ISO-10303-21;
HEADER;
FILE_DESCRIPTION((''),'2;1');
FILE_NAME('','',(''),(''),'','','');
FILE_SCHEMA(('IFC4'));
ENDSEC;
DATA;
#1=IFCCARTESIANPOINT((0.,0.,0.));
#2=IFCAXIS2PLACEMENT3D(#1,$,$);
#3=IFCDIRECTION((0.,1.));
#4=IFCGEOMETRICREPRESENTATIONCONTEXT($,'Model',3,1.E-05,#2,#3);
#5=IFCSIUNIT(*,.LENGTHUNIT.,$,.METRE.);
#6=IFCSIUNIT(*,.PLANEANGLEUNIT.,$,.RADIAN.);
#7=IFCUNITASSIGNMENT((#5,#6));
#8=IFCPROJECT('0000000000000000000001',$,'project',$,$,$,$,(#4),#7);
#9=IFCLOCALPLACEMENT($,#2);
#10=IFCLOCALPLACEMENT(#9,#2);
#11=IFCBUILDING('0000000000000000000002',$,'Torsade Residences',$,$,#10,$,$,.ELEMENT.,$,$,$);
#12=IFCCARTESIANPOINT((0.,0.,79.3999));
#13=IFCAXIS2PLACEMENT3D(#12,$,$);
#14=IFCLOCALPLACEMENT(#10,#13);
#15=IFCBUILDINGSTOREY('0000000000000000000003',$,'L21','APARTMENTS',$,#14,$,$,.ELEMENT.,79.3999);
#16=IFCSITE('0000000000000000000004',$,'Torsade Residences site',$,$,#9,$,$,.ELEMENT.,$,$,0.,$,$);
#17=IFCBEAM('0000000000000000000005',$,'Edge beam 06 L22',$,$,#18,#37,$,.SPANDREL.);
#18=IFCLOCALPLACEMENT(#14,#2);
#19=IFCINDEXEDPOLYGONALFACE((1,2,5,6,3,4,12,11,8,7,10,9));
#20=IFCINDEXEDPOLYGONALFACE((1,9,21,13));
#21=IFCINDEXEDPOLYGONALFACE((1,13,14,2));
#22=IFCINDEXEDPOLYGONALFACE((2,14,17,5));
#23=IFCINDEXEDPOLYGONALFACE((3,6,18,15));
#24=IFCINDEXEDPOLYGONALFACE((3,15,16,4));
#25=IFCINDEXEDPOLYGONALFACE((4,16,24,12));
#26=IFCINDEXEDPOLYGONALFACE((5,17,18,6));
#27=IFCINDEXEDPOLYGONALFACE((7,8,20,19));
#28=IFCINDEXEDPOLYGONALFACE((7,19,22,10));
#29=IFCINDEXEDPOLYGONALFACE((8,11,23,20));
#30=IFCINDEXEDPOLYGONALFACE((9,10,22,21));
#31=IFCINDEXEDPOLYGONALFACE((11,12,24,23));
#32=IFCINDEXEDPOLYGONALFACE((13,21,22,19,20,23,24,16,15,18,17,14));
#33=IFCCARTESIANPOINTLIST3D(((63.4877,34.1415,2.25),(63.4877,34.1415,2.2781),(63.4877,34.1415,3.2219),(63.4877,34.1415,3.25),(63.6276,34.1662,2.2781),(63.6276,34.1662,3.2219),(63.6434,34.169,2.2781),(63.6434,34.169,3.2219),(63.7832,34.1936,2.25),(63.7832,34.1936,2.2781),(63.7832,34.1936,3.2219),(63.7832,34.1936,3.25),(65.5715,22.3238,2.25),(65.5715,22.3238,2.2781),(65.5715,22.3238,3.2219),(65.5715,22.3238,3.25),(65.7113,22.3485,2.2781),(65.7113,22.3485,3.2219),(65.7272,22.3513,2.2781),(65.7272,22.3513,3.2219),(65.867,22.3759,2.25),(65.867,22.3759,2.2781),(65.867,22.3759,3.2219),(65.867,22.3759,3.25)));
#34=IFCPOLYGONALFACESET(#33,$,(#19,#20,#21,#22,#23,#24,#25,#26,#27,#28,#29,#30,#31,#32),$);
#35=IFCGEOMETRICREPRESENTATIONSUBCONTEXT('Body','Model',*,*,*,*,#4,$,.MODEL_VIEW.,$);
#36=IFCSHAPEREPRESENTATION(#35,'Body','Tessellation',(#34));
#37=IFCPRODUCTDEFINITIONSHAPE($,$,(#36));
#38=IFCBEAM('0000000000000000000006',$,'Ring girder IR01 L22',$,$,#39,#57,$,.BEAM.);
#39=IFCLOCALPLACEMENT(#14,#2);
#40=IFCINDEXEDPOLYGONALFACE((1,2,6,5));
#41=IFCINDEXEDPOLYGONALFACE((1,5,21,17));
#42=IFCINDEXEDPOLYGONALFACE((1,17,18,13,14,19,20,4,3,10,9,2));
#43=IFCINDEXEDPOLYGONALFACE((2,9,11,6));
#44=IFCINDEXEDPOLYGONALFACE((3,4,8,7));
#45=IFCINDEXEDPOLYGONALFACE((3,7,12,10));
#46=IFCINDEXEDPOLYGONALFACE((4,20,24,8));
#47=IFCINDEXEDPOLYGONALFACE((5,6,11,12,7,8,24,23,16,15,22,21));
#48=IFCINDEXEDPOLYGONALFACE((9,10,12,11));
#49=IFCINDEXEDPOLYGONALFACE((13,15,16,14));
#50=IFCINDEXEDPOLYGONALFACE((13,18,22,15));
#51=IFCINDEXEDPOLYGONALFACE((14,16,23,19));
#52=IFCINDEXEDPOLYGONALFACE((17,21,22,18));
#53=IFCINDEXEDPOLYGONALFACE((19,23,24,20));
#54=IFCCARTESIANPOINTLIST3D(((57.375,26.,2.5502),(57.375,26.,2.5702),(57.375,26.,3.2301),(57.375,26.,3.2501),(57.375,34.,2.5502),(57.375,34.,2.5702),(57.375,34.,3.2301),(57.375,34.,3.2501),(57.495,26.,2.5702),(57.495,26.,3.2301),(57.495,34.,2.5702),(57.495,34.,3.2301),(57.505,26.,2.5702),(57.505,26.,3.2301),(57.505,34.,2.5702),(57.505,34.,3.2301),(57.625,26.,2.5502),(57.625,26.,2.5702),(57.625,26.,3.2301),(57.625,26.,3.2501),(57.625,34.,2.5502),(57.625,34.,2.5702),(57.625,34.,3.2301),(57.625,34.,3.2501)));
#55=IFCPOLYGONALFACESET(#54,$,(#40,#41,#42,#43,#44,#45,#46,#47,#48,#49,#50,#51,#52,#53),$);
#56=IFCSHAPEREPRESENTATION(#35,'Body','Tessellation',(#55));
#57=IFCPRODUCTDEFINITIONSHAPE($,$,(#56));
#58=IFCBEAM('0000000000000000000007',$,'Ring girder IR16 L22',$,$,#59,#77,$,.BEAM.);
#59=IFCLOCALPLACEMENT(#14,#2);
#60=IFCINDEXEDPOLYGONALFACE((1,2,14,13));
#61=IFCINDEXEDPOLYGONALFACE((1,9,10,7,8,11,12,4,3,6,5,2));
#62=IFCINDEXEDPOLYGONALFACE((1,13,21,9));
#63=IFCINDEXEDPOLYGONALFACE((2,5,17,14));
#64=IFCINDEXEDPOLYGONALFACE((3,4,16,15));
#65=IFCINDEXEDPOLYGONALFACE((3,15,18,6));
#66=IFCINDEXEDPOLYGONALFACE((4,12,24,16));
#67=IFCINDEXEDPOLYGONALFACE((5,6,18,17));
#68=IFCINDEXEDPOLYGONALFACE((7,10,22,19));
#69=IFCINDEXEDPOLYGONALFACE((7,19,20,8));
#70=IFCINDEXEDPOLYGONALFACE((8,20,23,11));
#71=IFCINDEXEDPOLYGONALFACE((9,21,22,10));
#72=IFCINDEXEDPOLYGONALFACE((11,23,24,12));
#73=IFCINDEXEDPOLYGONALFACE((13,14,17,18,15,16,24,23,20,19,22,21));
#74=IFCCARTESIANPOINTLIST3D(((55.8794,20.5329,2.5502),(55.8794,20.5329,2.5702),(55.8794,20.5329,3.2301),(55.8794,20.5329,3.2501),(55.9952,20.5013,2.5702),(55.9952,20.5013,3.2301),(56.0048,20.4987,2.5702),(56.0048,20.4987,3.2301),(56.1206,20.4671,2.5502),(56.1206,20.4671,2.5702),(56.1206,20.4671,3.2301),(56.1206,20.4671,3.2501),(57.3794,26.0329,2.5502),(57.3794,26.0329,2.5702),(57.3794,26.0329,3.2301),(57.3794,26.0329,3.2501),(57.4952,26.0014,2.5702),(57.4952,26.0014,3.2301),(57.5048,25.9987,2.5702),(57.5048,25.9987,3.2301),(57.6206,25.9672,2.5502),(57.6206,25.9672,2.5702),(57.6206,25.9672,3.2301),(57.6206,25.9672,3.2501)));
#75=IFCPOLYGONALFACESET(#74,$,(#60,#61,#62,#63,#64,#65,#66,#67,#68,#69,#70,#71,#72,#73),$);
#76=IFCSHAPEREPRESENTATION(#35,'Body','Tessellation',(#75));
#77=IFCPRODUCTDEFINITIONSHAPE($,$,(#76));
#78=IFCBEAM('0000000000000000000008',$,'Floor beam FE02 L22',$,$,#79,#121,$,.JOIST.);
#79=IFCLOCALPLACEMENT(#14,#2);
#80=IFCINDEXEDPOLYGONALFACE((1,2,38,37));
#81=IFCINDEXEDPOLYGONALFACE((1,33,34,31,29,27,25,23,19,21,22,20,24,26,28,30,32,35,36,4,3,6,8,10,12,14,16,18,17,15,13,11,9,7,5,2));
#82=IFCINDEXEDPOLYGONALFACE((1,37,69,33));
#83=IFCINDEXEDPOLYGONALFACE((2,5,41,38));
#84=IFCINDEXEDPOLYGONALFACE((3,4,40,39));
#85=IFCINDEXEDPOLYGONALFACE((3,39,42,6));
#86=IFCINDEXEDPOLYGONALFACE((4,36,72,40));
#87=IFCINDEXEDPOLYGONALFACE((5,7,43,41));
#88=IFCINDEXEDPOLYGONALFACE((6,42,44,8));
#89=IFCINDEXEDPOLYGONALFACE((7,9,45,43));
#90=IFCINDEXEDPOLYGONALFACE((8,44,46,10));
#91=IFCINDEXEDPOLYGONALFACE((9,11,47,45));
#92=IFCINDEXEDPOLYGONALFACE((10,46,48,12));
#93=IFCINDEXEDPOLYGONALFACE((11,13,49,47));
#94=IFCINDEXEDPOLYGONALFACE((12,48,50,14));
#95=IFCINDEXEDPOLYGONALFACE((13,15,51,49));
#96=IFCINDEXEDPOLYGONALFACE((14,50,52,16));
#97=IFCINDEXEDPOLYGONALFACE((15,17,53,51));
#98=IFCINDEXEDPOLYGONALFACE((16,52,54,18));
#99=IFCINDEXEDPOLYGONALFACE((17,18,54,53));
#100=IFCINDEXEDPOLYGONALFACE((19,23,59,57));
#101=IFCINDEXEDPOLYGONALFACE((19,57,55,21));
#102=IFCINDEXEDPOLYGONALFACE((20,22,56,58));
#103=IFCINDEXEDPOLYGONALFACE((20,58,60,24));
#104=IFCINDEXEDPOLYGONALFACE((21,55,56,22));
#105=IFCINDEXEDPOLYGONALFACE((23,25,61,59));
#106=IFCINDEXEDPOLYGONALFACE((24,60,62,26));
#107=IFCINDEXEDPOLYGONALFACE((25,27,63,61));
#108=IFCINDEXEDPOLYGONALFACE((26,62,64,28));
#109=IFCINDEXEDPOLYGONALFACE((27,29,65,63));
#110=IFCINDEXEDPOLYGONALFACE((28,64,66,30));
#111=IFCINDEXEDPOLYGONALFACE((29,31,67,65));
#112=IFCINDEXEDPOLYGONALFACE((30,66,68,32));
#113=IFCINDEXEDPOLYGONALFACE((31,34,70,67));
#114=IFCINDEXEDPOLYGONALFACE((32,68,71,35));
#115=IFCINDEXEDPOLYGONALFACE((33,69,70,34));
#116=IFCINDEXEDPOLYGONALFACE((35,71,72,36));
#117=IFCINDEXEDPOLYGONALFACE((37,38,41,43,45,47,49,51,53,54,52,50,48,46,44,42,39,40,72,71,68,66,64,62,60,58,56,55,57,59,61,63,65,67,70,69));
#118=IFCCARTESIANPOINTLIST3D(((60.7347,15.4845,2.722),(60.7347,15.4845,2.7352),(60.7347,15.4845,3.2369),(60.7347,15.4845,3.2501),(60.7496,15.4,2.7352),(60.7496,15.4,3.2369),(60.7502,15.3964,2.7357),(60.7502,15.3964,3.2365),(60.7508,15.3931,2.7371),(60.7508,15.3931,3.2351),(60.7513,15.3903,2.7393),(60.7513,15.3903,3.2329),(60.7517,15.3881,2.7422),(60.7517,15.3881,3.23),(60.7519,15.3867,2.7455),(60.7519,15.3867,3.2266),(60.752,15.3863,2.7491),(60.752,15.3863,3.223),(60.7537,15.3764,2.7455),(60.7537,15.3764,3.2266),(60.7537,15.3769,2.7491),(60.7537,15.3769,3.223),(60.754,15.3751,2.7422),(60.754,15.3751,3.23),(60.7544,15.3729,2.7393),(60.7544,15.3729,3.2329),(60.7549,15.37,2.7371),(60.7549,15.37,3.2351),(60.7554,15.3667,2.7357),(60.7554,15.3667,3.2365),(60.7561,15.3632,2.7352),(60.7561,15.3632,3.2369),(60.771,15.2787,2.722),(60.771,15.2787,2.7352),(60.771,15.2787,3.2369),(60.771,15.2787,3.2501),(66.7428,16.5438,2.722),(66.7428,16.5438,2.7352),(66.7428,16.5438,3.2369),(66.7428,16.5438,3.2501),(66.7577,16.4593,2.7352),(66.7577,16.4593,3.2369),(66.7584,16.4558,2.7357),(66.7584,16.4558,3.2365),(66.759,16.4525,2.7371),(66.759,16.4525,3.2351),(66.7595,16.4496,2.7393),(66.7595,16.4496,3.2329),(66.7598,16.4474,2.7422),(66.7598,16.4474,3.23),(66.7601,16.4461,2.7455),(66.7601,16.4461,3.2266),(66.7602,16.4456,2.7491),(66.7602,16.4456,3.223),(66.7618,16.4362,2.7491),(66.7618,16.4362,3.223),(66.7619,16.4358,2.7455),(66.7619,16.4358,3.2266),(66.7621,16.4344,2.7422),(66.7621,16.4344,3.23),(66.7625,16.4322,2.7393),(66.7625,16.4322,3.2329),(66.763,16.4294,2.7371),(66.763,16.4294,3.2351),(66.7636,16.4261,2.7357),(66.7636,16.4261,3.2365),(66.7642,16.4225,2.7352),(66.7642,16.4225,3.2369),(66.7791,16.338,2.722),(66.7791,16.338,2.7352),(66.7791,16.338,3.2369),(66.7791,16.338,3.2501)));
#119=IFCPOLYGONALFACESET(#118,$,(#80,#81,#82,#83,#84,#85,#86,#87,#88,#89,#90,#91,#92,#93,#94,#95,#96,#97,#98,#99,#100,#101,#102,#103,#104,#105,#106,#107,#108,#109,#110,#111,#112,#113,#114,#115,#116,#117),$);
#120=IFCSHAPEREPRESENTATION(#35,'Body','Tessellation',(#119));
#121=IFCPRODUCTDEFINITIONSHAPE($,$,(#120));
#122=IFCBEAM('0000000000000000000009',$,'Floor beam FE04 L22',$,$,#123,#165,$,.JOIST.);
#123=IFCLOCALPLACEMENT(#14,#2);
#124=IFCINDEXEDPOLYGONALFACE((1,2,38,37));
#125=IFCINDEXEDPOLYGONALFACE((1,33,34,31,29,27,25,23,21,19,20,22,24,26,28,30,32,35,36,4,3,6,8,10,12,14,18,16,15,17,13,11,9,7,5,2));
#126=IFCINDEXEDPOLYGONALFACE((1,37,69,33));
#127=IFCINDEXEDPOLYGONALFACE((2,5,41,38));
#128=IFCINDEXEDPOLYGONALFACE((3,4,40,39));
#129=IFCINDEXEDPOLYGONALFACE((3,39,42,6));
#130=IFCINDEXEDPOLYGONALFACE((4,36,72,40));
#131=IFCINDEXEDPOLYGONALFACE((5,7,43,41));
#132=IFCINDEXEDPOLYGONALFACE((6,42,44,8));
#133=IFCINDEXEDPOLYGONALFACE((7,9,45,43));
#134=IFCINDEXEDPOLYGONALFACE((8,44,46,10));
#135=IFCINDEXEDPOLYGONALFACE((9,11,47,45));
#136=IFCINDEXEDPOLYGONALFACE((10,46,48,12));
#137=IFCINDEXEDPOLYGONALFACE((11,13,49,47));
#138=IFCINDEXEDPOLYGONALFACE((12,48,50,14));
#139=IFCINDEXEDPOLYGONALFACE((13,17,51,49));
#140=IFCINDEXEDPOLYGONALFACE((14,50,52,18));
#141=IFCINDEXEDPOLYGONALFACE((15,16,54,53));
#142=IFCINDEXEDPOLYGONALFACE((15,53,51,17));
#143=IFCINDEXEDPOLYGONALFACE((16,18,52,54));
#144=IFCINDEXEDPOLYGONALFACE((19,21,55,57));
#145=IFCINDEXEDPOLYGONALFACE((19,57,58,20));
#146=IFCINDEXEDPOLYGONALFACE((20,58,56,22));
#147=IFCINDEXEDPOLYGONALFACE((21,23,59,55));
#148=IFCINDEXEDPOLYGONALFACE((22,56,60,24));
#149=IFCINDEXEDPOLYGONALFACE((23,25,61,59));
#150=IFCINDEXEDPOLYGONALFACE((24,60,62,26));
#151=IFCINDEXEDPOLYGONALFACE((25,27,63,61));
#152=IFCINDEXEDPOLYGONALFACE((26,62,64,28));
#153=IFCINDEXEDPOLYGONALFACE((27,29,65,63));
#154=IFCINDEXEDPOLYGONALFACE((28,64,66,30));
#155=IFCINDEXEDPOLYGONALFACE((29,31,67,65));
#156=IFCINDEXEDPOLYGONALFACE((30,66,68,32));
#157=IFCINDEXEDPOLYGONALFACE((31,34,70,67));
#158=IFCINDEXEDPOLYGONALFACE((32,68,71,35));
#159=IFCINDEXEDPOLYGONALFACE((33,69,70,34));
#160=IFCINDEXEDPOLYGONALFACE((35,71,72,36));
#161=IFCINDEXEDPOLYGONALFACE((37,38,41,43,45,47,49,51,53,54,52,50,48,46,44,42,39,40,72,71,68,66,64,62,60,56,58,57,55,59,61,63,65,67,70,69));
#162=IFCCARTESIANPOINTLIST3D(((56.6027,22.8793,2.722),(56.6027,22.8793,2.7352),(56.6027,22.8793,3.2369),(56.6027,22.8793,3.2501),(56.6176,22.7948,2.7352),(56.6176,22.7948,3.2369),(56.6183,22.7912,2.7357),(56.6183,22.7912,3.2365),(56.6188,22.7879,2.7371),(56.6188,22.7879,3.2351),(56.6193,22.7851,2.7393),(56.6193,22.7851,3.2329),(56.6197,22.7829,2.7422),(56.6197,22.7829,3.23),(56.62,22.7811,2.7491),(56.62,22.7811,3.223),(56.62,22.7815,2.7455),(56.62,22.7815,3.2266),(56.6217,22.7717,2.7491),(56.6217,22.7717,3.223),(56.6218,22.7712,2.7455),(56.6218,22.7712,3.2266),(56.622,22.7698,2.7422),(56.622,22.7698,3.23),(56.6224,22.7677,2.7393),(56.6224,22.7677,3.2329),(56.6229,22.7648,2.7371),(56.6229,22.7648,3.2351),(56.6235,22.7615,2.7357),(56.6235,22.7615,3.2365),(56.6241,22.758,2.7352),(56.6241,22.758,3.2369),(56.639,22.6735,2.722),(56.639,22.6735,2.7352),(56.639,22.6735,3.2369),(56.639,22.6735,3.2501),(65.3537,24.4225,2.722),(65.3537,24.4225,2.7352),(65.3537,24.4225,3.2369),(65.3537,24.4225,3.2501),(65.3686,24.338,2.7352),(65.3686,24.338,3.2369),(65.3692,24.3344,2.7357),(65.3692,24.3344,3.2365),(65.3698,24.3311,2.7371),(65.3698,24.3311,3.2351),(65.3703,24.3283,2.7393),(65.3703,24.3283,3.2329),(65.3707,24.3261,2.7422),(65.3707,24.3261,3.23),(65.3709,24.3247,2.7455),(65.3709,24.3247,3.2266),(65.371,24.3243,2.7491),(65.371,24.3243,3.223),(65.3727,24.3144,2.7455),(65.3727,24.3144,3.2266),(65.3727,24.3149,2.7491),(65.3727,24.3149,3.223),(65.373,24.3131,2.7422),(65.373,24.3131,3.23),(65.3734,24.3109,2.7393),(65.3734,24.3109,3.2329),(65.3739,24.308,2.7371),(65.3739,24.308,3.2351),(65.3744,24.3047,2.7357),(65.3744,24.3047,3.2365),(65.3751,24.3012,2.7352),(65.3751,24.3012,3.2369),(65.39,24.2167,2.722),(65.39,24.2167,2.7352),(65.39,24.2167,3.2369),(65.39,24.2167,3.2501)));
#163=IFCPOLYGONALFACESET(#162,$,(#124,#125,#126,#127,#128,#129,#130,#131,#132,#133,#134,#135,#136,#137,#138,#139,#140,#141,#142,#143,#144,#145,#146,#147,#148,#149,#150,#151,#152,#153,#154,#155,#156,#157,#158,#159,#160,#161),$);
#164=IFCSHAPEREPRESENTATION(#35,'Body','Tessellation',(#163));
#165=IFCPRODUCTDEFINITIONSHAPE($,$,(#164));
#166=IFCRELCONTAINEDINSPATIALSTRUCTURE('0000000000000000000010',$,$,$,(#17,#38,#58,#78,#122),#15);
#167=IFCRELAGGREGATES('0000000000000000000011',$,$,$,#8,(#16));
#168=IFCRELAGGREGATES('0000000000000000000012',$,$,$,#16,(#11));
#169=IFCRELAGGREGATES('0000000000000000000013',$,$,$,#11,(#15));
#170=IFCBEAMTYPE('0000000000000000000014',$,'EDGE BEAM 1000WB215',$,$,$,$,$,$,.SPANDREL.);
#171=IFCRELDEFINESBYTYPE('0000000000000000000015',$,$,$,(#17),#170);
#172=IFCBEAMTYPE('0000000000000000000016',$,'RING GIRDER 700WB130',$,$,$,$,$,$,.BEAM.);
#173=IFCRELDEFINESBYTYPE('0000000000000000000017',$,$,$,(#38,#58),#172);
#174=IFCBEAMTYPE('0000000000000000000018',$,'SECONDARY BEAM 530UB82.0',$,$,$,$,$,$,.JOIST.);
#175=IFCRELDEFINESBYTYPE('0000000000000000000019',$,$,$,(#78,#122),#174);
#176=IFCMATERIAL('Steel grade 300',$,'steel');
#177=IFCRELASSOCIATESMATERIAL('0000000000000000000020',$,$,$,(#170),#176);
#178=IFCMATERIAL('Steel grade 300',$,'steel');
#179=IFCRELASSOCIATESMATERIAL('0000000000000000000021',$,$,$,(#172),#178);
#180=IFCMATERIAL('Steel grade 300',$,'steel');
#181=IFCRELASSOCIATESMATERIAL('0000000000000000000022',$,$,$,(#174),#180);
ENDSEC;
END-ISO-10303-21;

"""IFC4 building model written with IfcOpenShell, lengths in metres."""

from ifc_helpers import new_model, si_unit, direction, frame, origin, origin_2d, place, context, subcontext, project, spatial, i_section, extrude, material, material_profile, profile_set, type_object, element, save


model = new_model("IFC4")

# Units and contexts
model_context = context("Model", 3, precision=1e-05, world=origin(), true_north=direction((0.0, 1.0)))
body_context = subcontext(model_context, "Body", "Model", "MODEL_VIEW")
ifc_project = project(units=[si_unit("LENGTHUNIT", "METRE"), si_unit("PLANEANGLEUNIT", "RADIAN")], contexts=[model_context])

# Site, building, storey
site_placement = place(None, origin())
site = spatial("IfcSite", under=ifc_project, at=site_placement, Name="Torsade Residences site", CompositionType="ELEMENT", RefElevation=0.0)
building_placement = place(site_placement, origin())
building = spatial("IfcBuilding", under=site, at=building_placement, Name="Torsade Residences", CompositionType="ELEMENT")
storey_placement = place(building_placement, frame((0.0, 0.0, 79.3999)))
storey = spatial("IfcBuildingStorey", under=building, at=storey_placement, Name="L21", Description="APARTMENTS", CompositionType="ELEMENT", Elevation=79.3999)

# Beams
ifc_material_1 = material(Name="Steel grade 300", Category="steel")
ifc_material_profile_1 = material_profile(ifc_material_1, i_section(OverallWidth=0.3, OverallDepth=1.0, WebThickness=0.0161, FlangeThickness=0.0281, at=origin_2d()), Name="1000WB215")
ifc_profile_set_1 = profile_set([ifc_material_profile_1], Name="Steel grade 300")
beam_type_1 = type_object("IfcBeamType", Name="EDGE BEAM 1000WB215", PredefinedType="SPANDREL", material=ifc_profile_set_1)
beam_1_placement = place(storey_placement, frame((65.7192, 22.3499, 2.75), z_axis=(-0.173646, 0.984808, 0.0), x_axis=(-0.984808, -0.173646, 0.0)))
element("IfcBeam", 1, at=beam_1_placement, inside=storey, type_object=beam_type_1, Name="Edge beam 06 L22", PredefinedType="SPANDREL", context=body_context, shape_type="SweptSolid", body=[
    extrude(i_section(OverallWidth=0.3, OverallDepth=1.0, WebThickness=0.0161, FlangeThickness=0.0281, at=origin_2d()), origin(), (0.0, 0.0, 1.0), 12.0),
])
ifc_material_2 = material(Name="Steel grade 300", Category="steel")
ifc_material_profile_2 = material_profile(ifc_material_2, i_section(OverallWidth=0.25, OverallDepth=0.7, WebThickness=0.01, FlangeThickness=0.02, at=origin_2d()), Name="700WB130")
ifc_profile_set_2 = profile_set([ifc_material_profile_2], Name="Steel grade 300")
beam_type_2 = type_object("IfcBeamType", Name="RING GIRDER 700WB130", PredefinedType="BEAM", material=ifc_profile_set_2)
beam_2_placement = place(storey_placement, frame((57.5, 26.0, 2.9001), z_axis=(0.0, 1.0, 0.0), x_axis=(-1.0, 0.0, 0.0)))
element("IfcBeam", 2, at=beam_2_placement, inside=storey, type_object=beam_type_2, Name="Ring girder IR01 L22", PredefinedType="BEAM", context=body_context, shape_type="SweptSolid", body=[
    extrude(i_section(OverallWidth=0.25, OverallDepth=0.7, WebThickness=0.01, FlangeThickness=0.02, at=origin_2d()), origin(), (0.0, 0.0, 1.0), 8.0),
])
beam_3_placement = place(storey_placement, frame((56.0, 20.5, 2.9001), z_axis=(0.263117, 0.964764, 0.0), x_axis=(-0.964764, 0.263117, 0.0)))
element("IfcBeam", 3, at=beam_3_placement, inside=storey, type_object=beam_type_2, Name="Ring girder IR16 L22", PredefinedType="BEAM", context=body_context, shape_type="SweptSolid", body=[
    extrude(i_section(OverallWidth=0.25, OverallDepth=0.7, WebThickness=0.01, FlangeThickness=0.02, at=origin_2d()), origin(), (0.0, 0.0, 1.0), 5.7009),
])
ifc_material_3 = material(Name="Steel grade 300", Category="steel")
ifc_material_profile_3 = material_profile(ifc_material_3, i_section(OverallWidth=0.209, OverallDepth=0.5281, WebThickness=0.0095, FlangeThickness=0.0132, FilletRadius=0.0139, at=origin_2d()), Name="530UB82.0")
ifc_profile_set_3 = profile_set([ifc_material_profile_3], Name="Steel grade 300")
beam_type_3 = type_object("IfcBeamType", Name="SECONDARY BEAM 530UB82.0", PredefinedType="JOIST", material=ifc_profile_set_3)
beam_4_placement = place(storey_placement, frame((66.761, 16.4409, 2.9861), z_axis=(-0.984809, -0.173639, 0.0), x_axis=(0.173639, -0.984809, 0.0)))
element("IfcBeam", 4, at=beam_4_placement, inside=storey, type_object=beam_type_3, Name="Floor beam FE02 L22", PredefinedType="JOIST", context=body_context, shape_type="SweptSolid", body=[
    extrude(i_section(OverallWidth=0.209, OverallDepth=0.5281, WebThickness=0.0095, FlangeThickness=0.0132, FilletRadius=0.0139, at=origin_2d()), origin(), (0.0, 0.0, 1.0), 6.1008),
])
beam_5_placement = place(storey_placement, frame((65.3718, 24.3196, 2.9861), z_axis=(-0.984804, -0.173668, 0.0), x_axis=(0.173668, -0.984804, 0.0)))
element("IfcBeam", 5, at=beam_5_placement, inside=storey, type_object=beam_type_3, Name="Floor beam FE04 L22", PredefinedType="JOIST", context=body_context, shape_type="SweptSolid", body=[
    extrude(i_section(OverallWidth=0.209, OverallDepth=0.5281, WebThickness=0.0095, FlangeThickness=0.0132, FilletRadius=0.0139, at=origin_2d()), origin(), (0.0, 0.0, 1.0), 8.886),
])

save(model, "model.ifc")
